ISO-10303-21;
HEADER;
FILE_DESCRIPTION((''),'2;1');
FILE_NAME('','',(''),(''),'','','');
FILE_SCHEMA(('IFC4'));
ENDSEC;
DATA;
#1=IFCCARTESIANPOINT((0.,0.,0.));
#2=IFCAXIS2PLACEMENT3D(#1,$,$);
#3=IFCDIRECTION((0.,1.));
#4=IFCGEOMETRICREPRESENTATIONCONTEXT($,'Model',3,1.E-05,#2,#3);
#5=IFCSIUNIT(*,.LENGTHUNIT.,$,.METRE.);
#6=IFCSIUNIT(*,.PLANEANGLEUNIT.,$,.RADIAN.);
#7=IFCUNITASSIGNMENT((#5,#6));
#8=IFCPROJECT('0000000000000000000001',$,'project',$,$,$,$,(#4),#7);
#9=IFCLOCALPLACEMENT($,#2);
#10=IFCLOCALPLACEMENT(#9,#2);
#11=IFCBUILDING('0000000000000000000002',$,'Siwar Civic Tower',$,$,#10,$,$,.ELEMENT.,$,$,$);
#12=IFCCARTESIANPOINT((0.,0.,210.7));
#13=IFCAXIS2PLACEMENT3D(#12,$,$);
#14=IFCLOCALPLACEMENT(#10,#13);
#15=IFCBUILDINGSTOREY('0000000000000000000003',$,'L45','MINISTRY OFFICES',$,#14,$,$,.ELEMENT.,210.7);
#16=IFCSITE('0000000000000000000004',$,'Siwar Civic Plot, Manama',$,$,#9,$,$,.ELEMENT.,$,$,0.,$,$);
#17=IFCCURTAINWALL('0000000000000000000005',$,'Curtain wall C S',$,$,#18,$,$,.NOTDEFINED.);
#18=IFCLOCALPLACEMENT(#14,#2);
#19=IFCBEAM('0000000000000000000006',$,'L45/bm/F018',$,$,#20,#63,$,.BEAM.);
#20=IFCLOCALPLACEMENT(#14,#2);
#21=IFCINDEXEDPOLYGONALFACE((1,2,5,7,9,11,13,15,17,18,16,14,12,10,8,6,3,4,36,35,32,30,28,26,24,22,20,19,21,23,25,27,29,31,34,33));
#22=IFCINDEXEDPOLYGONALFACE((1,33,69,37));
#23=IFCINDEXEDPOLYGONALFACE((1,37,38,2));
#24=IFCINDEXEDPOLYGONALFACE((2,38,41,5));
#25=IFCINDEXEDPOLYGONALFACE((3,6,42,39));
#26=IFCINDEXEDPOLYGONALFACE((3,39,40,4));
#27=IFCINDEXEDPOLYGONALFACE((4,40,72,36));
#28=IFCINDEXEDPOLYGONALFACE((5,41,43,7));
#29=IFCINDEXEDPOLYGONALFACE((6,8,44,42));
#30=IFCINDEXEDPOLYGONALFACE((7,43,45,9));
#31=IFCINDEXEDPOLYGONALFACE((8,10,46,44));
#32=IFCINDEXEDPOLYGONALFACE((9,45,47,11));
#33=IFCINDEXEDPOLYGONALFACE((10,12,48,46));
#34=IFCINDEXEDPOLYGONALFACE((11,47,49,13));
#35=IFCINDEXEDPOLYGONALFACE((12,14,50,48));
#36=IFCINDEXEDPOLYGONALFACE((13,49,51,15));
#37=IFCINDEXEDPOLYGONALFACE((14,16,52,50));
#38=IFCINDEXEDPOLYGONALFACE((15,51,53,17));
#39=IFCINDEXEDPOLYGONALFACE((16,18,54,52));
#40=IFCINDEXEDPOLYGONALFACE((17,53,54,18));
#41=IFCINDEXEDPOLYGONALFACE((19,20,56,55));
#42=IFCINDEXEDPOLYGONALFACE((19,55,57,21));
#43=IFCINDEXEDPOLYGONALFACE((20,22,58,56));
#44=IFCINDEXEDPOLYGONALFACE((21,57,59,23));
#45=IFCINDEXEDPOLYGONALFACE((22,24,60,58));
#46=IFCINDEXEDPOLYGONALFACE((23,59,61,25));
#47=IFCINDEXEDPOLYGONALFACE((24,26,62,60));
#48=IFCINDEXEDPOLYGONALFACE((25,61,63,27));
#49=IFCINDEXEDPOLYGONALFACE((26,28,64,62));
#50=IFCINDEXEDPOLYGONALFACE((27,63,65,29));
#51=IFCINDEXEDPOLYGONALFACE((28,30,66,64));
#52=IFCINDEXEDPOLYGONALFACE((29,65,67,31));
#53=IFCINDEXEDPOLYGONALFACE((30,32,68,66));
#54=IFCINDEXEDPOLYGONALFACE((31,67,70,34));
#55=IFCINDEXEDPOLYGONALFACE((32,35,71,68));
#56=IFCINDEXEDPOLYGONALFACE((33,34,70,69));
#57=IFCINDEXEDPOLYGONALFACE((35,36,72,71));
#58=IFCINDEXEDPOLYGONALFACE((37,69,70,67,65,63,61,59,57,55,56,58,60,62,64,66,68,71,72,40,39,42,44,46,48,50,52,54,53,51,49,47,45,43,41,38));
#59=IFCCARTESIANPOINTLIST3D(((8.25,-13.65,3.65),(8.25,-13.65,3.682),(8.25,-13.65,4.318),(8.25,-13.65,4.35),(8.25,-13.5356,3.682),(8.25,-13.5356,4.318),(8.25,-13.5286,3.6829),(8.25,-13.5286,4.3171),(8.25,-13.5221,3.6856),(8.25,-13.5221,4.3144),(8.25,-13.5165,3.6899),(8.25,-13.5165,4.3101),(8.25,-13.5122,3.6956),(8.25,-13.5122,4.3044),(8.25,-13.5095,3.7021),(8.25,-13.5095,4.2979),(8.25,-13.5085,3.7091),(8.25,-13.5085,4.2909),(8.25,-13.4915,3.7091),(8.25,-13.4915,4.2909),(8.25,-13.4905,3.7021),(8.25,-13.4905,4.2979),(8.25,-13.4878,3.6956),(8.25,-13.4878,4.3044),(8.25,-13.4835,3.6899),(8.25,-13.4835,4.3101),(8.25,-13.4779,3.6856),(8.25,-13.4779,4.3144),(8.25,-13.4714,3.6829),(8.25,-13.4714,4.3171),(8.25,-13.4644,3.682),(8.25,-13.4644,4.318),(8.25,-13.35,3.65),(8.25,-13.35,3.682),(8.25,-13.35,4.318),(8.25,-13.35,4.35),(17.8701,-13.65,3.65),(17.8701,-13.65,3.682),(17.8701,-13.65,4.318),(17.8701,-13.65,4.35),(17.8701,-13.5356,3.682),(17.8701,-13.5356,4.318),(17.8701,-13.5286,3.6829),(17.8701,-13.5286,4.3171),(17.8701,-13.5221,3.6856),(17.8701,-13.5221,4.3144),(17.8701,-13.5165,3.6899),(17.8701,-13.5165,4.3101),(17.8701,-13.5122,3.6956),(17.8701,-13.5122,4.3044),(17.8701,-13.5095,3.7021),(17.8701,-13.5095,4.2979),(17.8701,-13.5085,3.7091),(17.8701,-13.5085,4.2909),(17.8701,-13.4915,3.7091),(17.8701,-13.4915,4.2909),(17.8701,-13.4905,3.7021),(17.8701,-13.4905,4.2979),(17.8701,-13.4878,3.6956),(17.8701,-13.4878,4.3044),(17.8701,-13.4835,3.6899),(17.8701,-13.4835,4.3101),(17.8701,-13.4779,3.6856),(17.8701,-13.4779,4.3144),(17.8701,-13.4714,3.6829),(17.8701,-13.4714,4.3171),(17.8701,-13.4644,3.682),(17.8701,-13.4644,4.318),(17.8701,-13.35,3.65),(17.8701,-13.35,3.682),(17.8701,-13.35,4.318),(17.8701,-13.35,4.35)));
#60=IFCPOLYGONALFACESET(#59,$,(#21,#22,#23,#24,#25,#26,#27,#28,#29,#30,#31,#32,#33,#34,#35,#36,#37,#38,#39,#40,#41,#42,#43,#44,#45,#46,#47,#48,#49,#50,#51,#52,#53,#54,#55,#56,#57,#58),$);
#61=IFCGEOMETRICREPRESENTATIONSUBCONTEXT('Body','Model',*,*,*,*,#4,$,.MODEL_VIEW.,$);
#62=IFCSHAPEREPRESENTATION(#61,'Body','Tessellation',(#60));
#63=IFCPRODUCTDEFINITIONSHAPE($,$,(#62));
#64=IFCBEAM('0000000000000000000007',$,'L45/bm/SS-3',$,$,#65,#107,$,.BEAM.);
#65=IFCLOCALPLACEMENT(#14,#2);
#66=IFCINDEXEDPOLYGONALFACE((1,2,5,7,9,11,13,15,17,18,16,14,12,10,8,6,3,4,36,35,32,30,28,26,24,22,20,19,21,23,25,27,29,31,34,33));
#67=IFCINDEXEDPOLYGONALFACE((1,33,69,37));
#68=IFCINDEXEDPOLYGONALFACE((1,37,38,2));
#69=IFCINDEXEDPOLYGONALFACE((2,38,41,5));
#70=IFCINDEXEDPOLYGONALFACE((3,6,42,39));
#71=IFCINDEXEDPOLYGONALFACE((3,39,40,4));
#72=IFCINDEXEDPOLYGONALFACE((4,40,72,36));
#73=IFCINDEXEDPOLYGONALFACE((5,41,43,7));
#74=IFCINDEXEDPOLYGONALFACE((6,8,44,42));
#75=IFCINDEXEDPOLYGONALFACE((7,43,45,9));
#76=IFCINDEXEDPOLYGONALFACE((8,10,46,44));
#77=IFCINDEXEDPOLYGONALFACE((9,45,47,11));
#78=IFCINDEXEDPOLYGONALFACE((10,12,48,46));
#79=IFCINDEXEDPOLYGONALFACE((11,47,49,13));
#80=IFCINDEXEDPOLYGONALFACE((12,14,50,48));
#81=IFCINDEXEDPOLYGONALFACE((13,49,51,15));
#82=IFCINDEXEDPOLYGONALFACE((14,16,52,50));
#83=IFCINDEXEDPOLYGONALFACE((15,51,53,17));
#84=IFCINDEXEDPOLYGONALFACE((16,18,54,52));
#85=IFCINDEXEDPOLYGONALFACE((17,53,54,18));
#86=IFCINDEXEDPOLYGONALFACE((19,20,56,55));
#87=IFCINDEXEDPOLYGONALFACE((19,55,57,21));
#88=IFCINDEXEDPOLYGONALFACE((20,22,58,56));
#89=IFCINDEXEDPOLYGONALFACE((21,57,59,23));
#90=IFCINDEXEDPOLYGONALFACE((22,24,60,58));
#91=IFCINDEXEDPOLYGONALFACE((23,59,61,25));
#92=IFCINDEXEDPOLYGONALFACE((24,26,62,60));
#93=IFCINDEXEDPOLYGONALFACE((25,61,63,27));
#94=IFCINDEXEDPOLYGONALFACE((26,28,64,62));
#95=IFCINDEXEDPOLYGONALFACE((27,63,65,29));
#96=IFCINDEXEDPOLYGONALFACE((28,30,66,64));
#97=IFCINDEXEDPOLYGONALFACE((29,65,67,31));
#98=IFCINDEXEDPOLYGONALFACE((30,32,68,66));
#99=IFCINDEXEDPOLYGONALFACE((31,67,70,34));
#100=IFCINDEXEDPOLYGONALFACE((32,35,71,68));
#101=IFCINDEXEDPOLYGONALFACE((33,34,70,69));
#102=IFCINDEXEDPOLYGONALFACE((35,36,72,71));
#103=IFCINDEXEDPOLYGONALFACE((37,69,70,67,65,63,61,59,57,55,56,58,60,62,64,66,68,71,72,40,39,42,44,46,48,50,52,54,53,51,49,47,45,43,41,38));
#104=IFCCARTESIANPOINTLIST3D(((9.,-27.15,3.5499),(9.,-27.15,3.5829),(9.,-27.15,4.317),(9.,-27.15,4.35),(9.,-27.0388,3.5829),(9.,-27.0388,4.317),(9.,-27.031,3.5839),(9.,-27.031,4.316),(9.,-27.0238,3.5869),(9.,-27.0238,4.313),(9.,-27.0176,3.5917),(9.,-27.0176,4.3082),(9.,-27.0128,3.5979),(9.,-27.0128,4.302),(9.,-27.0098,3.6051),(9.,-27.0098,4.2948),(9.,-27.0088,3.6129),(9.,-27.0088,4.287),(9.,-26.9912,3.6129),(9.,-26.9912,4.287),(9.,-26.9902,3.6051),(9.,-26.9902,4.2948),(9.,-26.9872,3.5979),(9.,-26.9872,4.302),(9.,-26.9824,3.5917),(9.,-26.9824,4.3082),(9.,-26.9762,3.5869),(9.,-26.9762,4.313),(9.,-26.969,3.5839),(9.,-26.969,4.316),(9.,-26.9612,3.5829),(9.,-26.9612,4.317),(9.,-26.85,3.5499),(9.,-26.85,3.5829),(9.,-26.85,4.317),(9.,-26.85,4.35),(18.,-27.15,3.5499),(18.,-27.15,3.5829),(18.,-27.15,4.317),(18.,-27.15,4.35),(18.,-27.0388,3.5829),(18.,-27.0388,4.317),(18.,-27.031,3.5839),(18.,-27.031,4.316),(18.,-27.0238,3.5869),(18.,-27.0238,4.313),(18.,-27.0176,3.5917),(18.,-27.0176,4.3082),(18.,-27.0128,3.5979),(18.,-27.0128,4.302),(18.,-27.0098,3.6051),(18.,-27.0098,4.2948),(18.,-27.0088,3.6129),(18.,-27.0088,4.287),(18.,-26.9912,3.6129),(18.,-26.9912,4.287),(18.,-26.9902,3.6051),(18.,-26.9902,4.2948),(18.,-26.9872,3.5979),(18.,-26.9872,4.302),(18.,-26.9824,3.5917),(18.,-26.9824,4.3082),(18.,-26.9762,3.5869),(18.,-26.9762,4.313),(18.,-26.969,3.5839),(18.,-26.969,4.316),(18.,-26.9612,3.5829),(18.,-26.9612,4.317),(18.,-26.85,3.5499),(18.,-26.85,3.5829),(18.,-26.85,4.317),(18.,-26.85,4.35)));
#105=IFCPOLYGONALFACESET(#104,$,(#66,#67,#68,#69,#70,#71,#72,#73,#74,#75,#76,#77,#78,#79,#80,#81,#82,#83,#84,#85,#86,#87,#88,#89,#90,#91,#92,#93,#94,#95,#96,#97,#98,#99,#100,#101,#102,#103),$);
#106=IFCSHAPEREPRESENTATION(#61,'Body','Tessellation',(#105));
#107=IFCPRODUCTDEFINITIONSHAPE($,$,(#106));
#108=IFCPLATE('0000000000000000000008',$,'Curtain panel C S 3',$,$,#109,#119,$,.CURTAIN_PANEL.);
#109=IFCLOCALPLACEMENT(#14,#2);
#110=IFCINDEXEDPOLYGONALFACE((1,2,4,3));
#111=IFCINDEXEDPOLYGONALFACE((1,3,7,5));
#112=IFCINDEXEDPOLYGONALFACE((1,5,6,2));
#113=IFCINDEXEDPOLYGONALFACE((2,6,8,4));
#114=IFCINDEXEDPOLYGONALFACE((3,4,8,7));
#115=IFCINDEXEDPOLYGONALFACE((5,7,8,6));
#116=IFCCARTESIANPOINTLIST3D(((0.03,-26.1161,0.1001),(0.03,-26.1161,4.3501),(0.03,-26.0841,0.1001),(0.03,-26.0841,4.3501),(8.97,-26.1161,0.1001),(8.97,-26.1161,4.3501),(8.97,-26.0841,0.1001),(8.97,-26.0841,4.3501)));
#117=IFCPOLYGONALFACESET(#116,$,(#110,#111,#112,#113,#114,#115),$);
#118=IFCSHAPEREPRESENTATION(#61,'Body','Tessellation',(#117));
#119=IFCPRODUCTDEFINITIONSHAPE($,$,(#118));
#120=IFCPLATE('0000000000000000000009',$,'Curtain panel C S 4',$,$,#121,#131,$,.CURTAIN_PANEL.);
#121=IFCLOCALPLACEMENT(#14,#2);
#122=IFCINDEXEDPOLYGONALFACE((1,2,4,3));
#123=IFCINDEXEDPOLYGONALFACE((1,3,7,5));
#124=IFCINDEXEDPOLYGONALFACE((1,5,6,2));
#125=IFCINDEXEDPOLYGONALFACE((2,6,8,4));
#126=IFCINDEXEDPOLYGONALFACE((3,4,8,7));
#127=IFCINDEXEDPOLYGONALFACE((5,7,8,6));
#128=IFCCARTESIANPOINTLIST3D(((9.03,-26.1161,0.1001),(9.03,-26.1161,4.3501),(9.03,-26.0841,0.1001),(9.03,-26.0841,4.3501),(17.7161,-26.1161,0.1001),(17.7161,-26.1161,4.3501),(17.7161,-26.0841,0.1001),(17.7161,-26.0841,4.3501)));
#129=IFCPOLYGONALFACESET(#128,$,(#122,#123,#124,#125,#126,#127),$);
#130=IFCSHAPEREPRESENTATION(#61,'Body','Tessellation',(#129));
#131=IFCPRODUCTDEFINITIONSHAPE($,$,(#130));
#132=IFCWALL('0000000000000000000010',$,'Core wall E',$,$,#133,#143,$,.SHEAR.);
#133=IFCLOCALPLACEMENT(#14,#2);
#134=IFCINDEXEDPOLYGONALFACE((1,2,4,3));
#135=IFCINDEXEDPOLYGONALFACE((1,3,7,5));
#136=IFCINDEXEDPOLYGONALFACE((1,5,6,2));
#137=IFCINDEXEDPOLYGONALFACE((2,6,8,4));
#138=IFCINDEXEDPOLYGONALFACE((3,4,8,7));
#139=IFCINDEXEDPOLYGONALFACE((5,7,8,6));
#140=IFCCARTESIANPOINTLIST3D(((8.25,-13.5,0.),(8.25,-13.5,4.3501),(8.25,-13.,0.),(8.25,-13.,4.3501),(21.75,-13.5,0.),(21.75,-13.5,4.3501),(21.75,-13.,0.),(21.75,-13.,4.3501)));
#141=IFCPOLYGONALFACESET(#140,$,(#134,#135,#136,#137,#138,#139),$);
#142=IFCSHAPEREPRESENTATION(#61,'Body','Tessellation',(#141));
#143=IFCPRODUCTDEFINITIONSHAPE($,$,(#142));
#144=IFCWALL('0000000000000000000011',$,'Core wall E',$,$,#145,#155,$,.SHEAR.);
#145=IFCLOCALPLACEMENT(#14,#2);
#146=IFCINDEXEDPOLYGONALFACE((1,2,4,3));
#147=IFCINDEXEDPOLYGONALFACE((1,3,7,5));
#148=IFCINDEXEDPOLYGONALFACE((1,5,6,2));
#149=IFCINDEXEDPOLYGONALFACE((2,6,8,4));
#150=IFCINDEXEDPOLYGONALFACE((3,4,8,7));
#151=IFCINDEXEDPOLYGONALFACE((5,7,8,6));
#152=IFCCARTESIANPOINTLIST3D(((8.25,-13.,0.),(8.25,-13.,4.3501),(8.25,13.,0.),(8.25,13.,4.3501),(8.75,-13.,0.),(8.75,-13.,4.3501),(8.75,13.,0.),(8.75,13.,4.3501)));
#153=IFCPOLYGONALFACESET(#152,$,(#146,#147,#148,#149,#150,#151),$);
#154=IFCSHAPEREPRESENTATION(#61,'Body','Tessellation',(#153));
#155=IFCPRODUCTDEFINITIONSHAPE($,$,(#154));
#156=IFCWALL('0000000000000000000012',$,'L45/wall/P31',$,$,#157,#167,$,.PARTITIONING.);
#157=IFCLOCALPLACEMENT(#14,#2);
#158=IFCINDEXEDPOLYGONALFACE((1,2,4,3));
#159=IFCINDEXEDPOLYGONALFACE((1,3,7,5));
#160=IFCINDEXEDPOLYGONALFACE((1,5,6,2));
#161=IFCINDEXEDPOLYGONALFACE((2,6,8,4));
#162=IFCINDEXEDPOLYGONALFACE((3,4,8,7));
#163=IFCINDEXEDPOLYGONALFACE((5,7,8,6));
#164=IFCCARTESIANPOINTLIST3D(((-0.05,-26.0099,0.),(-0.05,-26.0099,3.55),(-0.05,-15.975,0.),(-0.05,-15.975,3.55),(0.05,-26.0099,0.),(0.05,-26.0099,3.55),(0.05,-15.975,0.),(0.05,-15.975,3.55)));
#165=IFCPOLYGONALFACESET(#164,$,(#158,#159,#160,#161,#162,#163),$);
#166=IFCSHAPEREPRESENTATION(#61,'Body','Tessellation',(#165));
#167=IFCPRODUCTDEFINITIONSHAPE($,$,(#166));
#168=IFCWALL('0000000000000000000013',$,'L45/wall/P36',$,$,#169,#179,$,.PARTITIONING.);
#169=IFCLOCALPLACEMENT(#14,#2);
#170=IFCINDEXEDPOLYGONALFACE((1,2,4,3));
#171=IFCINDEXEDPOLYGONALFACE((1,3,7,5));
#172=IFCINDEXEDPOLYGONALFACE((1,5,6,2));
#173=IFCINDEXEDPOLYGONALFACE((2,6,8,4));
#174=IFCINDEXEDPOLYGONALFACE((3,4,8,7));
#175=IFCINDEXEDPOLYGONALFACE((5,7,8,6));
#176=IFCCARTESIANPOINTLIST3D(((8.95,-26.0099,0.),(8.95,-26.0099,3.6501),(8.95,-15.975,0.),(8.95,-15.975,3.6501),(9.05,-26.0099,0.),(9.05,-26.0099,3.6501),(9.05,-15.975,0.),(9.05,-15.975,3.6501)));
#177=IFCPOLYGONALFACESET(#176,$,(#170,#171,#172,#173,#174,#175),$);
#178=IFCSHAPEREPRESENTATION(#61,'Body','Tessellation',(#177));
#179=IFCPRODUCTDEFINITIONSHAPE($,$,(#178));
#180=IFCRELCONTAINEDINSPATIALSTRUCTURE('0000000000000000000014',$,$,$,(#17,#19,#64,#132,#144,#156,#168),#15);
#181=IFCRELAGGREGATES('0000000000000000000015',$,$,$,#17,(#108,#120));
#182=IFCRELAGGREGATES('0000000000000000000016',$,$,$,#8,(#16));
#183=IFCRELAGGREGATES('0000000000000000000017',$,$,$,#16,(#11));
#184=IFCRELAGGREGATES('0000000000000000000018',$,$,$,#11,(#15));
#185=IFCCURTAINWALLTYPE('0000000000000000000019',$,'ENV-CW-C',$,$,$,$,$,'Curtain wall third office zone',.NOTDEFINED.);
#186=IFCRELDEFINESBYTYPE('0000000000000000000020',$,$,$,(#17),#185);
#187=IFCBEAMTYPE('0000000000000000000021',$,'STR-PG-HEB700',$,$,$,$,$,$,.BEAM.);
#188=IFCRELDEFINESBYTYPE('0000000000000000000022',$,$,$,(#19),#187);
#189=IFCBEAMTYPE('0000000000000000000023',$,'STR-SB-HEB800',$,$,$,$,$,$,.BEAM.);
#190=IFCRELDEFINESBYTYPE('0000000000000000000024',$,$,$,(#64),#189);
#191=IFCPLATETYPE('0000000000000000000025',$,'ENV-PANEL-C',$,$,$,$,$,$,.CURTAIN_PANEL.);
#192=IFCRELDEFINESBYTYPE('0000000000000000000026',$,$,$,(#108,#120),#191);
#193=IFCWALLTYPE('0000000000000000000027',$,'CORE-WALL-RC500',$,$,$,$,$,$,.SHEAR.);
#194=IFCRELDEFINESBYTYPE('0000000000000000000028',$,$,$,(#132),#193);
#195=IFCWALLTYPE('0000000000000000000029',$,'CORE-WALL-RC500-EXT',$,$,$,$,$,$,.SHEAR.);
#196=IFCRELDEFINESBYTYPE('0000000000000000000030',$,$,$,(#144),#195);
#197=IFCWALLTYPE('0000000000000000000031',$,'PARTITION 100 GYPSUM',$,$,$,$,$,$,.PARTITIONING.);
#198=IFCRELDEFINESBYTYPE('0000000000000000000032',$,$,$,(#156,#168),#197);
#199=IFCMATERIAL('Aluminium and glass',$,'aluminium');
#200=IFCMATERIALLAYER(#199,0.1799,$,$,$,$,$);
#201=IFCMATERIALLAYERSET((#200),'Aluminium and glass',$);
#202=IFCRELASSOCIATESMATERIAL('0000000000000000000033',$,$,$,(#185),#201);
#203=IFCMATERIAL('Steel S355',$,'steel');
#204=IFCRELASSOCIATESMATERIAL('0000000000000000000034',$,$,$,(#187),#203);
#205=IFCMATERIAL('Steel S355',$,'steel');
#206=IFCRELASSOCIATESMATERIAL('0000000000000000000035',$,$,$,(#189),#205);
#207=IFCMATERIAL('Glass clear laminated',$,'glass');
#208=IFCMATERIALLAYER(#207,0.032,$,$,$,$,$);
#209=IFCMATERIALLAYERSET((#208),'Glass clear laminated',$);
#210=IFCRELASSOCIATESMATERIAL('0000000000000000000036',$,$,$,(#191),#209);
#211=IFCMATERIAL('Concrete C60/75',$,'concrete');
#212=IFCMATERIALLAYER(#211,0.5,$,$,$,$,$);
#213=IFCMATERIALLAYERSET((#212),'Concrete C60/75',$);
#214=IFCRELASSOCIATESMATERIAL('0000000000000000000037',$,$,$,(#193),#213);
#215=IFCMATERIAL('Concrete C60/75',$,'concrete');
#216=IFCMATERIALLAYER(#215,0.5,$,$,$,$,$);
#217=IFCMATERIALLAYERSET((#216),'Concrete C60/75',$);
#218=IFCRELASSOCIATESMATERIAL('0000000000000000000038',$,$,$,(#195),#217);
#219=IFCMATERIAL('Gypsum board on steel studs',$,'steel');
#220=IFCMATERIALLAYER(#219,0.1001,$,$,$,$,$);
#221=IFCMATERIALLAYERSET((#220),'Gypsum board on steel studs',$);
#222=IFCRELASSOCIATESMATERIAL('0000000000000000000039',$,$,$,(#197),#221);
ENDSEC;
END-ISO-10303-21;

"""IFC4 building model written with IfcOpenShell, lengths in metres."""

from ifc_helpers import new_model, si_unit, direction, frame, frame_2d, origin, origin_2d, place, context, subcontext, project, spatial, rectangle, i_section, extrude, material, layer, layer_set, material_profile, profile_set, type_object, element, aggregate, save


model = new_model("IFC4")

# Units and contexts
model_context = context("Model", 3, precision=1e-05, world=origin(), true_north=direction((0.0, 1.0)))
body_context = subcontext(model_context, "Body", "Model", "MODEL_VIEW")
ifc_project = project(units=[si_unit("LENGTHUNIT", "METRE"), si_unit("PLANEANGLEUNIT", "RADIAN")], contexts=[model_context])

# Site, building, storey
site_placement = place(None, origin())
site = spatial("IfcSite", under=ifc_project, at=site_placement, Name="Siwar Civic Plot, Manama", CompositionType="ELEMENT", RefElevation=0.0)
building_placement = place(site_placement, origin())
building = spatial("IfcBuilding", under=site, at=building_placement, Name="Siwar Civic Tower", CompositionType="ELEMENT")
storey_placement = place(building_placement, frame((0.0, 0.0, 210.7)))
storey = spatial("IfcBuildingStorey", under=building, at=storey_placement, Name="L45", Description="MINISTRY OFFICES", CompositionType="ELEMENT", Elevation=210.7)

# Curtain wall
ifc_material_1 = material(Name="Aluminium and glass", Category="aluminium")
ifc_layer_1 = layer(ifc_material_1, 0.1799)
ifc_layer_set_1 = layer_set([ifc_layer_1], Name="Aluminium and glass")
curtain_wall_type = type_object("IfcCurtainWallType", Name="ENV-CW-C", ElementType="Curtain wall third office zone", PredefinedType="NOTDEFINED", material=ifc_layer_set_1)
curtain_wall_placement = place(storey_placement, origin())
curtain_wall = element("IfcCurtainWall", 1, at=curtain_wall_placement, inside=storey, type_object=curtain_wall_type, Name="Curtain wall C S", PredefinedType="NOTDEFINED")

# Beams
ifc_material_2 = material(Name="Steel S355", Category="steel")
ifc_material_profile_1 = material_profile(ifc_material_2, i_section(OverallWidth=0.3, OverallDepth=0.7, WebThickness=0.0171, FlangeThickness=0.032, FilletRadius=0.0271, at=origin_2d()), Name="HEB700")
ifc_profile_set_1 = profile_set([ifc_material_profile_1], Name="Steel S355")
beam_type_1 = type_object("IfcBeamType", Name="STR-PG-HEB700", PredefinedType="BEAM", material=ifc_profile_set_1)
beam_1_placement = place(storey_placement, frame((8.25, -13.5, 4.0), z_axis=(1.0, 0.0, 0.0), x_axis=(0.0, 1.0, 0.0)))
element("IfcBeam", 2, at=beam_1_placement, inside=storey, type_object=beam_type_1, Name="L45/bm/F018", PredefinedType="BEAM", context=body_context, shape_type="SweptSolid", body=[
    extrude(i_section(OverallWidth=0.3, OverallDepth=0.7, WebThickness=0.0171, FlangeThickness=0.032, FilletRadius=0.0271, at=origin_2d()), origin(), (0.0, 0.0, 1.0), 9.6201),
])
ifc_material_3 = material(Name="Steel S355", Category="steel")
ifc_material_profile_2 = material_profile(ifc_material_3, i_section(OverallWidth=0.3, OverallDepth=0.8, WebThickness=0.0176, FlangeThickness=0.033, FilletRadius=0.03, at=origin_2d()), Name="HEB800")
ifc_profile_set_2 = profile_set([ifc_material_profile_2], Name="Steel S355")
beam_type_2 = type_object("IfcBeamType", Name="STR-SB-HEB800", PredefinedType="BEAM", material=ifc_profile_set_2)
beam_2_placement = place(storey_placement, frame((9.0, -27.0, 3.95), z_axis=(1.0, 0.0, 0.0), x_axis=(0.0, 1.0, 0.0)))
element("IfcBeam", 3, at=beam_2_placement, inside=storey, type_object=beam_type_2, Name="L45/bm/SS-3", PredefinedType="BEAM", context=body_context, shape_type="SweptSolid", body=[
    extrude(i_section(OverallWidth=0.3, OverallDepth=0.8, WebThickness=0.0176, FlangeThickness=0.033, FilletRadius=0.03, at=origin_2d()), origin(), (0.0, 0.0, 1.0), 9.0),
])

# Plates
ifc_material_4 = material(Name="Glass clear laminated", Category="glass")
ifc_layer_2 = layer(ifc_material_4, 0.032)
ifc_layer_set_2 = layer_set([ifc_layer_2], Name="Glass clear laminated")
plate_type = type_object("IfcPlateType", Name="ENV-PANEL-C", PredefinedType="CURTAIN_PANEL", material=ifc_layer_set_2)
plate_1_placement = place(storey_placement, frame((4.5, -26.1001, 0.1001), z_axis=(0.0, 0.0, 1.0), x_axis=(1.0, 0.0, 0.0)))
plate_1 = element("IfcPlate", 4, at=plate_1_placement, type_object=plate_type, Name="Curtain panel C S 3", PredefinedType="CURTAIN_PANEL", context=body_context, shape_type="SweptSolid", body=[
    extrude(rectangle(XDim=8.9399, YDim=0.032, at=origin_2d()), origin(), (0.0, 0.0, 1.0), 4.25),
])
plate_2_placement = place(storey_placement, frame((13.373, -26.1001, 0.1001), z_axis=(0.0, 0.0, 1.0), x_axis=(1.0, 0.0, 0.0)))
plate_2 = element("IfcPlate", 5, at=plate_2_placement, type_object=plate_type, Name="Curtain panel C S 4", PredefinedType="CURTAIN_PANEL", context=body_context, shape_type="SweptSolid", body=[
    extrude(rectangle(XDim=8.686, YDim=0.032, at=origin_2d()), origin(), (0.0, 0.0, 1.0), 4.25),
])
aggregate(curtain_wall, [plate_1, plate_2])

# Walls
ifc_material_5 = material(Name="Concrete C60/75", Category="concrete")
ifc_layer_3 = layer(ifc_material_5, 0.5)
ifc_layer_set_3 = layer_set([ifc_layer_3], Name="Concrete C60/75")
wall_type_1 = type_object("IfcWallType", Name="CORE-WALL-RC500", PredefinedType="SHEAR", material=ifc_layer_set_3)
wall_1_placement = place(storey_placement, frame((8.25, -13.25, 0.0), z_axis=(0.0, 0.0, 1.0), x_axis=(1.0, 0.0, 0.0)))
element("IfcWall", 6, at=wall_1_placement, inside=storey, type_object=wall_type_1, Name="Core wall E", PredefinedType="SHEAR", context=body_context, shape_type="SweptSolid", body=[
    extrude(rectangle(XDim=13.5, YDim=0.5, at=frame_2d((6.75, 0.0))), origin(), (0.0, 0.0, 1.0), 4.3501),
])
ifc_material_6 = material(Name="Concrete C60/75", Category="concrete")
ifc_layer_4 = layer(ifc_material_6, 0.5)
ifc_layer_set_4 = layer_set([ifc_layer_4], Name="Concrete C60/75")
wall_type_2 = type_object("IfcWallType", Name="CORE-WALL-RC500-EXT", PredefinedType="SHEAR", material=ifc_layer_set_4)
wall_2_placement = place(storey_placement, frame((8.5, -13.0, 0.0), z_axis=(0.0, 0.0, 1.0), x_axis=(0.0, 1.0, 0.0)))
element("IfcWall", 7, at=wall_2_placement, inside=storey, type_object=wall_type_2, Name="Core wall E", PredefinedType="SHEAR", context=body_context, shape_type="SweptSolid", body=[
    extrude(rectangle(XDim=26.0, YDim=0.5, at=frame_2d((13.0, 0.0))), origin(), (0.0, 0.0, 1.0), 4.3501),
])
ifc_material_7 = material(Name="Gypsum board on steel studs", Category="steel")
ifc_layer_5 = layer(ifc_material_7, 0.1001)
ifc_layer_set_5 = layer_set([ifc_layer_5], Name="Gypsum board on steel studs")
wall_type_3 = type_object("IfcWallType", Name="PARTITION 100 GYPSUM", PredefinedType="PARTITIONING", material=ifc_layer_set_5)
wall_3_placement = place(storey_placement, frame((0.0, -26.01, 0.0), z_axis=(0.0, 0.0, 1.0), x_axis=(0.0, 1.0, 0.0)))
element("IfcWall", 8, at=wall_3_placement, inside=storey, type_object=wall_type_3, Name="L45/wall/P31", PredefinedType="PARTITIONING", context=body_context, shape_type="SweptSolid", body=[
    extrude(rectangle(XDim=10.0349, YDim=0.1001, at=frame_2d((5.0176, 0.0))), origin(), (0.0, 0.0, 1.0), 3.55),
])
wall_4_placement = place(storey_placement, frame((9.0, -26.01, 0.0), z_axis=(0.0, 0.0, 1.0), x_axis=(0.0, 1.0, 0.0)))
element("IfcWall", 9, at=wall_4_placement, inside=storey, type_object=wall_type_3, Name="L45/wall/P36", PredefinedType="PARTITIONING", context=body_context, shape_type="SweptSolid", body=[
    extrude(rectangle(XDim=10.0349, YDim=0.1001, at=frame_2d((5.0176, 0.0))), origin(), (0.0, 0.0, 1.0), 3.6501),
])

save(model, "model.ifc")
